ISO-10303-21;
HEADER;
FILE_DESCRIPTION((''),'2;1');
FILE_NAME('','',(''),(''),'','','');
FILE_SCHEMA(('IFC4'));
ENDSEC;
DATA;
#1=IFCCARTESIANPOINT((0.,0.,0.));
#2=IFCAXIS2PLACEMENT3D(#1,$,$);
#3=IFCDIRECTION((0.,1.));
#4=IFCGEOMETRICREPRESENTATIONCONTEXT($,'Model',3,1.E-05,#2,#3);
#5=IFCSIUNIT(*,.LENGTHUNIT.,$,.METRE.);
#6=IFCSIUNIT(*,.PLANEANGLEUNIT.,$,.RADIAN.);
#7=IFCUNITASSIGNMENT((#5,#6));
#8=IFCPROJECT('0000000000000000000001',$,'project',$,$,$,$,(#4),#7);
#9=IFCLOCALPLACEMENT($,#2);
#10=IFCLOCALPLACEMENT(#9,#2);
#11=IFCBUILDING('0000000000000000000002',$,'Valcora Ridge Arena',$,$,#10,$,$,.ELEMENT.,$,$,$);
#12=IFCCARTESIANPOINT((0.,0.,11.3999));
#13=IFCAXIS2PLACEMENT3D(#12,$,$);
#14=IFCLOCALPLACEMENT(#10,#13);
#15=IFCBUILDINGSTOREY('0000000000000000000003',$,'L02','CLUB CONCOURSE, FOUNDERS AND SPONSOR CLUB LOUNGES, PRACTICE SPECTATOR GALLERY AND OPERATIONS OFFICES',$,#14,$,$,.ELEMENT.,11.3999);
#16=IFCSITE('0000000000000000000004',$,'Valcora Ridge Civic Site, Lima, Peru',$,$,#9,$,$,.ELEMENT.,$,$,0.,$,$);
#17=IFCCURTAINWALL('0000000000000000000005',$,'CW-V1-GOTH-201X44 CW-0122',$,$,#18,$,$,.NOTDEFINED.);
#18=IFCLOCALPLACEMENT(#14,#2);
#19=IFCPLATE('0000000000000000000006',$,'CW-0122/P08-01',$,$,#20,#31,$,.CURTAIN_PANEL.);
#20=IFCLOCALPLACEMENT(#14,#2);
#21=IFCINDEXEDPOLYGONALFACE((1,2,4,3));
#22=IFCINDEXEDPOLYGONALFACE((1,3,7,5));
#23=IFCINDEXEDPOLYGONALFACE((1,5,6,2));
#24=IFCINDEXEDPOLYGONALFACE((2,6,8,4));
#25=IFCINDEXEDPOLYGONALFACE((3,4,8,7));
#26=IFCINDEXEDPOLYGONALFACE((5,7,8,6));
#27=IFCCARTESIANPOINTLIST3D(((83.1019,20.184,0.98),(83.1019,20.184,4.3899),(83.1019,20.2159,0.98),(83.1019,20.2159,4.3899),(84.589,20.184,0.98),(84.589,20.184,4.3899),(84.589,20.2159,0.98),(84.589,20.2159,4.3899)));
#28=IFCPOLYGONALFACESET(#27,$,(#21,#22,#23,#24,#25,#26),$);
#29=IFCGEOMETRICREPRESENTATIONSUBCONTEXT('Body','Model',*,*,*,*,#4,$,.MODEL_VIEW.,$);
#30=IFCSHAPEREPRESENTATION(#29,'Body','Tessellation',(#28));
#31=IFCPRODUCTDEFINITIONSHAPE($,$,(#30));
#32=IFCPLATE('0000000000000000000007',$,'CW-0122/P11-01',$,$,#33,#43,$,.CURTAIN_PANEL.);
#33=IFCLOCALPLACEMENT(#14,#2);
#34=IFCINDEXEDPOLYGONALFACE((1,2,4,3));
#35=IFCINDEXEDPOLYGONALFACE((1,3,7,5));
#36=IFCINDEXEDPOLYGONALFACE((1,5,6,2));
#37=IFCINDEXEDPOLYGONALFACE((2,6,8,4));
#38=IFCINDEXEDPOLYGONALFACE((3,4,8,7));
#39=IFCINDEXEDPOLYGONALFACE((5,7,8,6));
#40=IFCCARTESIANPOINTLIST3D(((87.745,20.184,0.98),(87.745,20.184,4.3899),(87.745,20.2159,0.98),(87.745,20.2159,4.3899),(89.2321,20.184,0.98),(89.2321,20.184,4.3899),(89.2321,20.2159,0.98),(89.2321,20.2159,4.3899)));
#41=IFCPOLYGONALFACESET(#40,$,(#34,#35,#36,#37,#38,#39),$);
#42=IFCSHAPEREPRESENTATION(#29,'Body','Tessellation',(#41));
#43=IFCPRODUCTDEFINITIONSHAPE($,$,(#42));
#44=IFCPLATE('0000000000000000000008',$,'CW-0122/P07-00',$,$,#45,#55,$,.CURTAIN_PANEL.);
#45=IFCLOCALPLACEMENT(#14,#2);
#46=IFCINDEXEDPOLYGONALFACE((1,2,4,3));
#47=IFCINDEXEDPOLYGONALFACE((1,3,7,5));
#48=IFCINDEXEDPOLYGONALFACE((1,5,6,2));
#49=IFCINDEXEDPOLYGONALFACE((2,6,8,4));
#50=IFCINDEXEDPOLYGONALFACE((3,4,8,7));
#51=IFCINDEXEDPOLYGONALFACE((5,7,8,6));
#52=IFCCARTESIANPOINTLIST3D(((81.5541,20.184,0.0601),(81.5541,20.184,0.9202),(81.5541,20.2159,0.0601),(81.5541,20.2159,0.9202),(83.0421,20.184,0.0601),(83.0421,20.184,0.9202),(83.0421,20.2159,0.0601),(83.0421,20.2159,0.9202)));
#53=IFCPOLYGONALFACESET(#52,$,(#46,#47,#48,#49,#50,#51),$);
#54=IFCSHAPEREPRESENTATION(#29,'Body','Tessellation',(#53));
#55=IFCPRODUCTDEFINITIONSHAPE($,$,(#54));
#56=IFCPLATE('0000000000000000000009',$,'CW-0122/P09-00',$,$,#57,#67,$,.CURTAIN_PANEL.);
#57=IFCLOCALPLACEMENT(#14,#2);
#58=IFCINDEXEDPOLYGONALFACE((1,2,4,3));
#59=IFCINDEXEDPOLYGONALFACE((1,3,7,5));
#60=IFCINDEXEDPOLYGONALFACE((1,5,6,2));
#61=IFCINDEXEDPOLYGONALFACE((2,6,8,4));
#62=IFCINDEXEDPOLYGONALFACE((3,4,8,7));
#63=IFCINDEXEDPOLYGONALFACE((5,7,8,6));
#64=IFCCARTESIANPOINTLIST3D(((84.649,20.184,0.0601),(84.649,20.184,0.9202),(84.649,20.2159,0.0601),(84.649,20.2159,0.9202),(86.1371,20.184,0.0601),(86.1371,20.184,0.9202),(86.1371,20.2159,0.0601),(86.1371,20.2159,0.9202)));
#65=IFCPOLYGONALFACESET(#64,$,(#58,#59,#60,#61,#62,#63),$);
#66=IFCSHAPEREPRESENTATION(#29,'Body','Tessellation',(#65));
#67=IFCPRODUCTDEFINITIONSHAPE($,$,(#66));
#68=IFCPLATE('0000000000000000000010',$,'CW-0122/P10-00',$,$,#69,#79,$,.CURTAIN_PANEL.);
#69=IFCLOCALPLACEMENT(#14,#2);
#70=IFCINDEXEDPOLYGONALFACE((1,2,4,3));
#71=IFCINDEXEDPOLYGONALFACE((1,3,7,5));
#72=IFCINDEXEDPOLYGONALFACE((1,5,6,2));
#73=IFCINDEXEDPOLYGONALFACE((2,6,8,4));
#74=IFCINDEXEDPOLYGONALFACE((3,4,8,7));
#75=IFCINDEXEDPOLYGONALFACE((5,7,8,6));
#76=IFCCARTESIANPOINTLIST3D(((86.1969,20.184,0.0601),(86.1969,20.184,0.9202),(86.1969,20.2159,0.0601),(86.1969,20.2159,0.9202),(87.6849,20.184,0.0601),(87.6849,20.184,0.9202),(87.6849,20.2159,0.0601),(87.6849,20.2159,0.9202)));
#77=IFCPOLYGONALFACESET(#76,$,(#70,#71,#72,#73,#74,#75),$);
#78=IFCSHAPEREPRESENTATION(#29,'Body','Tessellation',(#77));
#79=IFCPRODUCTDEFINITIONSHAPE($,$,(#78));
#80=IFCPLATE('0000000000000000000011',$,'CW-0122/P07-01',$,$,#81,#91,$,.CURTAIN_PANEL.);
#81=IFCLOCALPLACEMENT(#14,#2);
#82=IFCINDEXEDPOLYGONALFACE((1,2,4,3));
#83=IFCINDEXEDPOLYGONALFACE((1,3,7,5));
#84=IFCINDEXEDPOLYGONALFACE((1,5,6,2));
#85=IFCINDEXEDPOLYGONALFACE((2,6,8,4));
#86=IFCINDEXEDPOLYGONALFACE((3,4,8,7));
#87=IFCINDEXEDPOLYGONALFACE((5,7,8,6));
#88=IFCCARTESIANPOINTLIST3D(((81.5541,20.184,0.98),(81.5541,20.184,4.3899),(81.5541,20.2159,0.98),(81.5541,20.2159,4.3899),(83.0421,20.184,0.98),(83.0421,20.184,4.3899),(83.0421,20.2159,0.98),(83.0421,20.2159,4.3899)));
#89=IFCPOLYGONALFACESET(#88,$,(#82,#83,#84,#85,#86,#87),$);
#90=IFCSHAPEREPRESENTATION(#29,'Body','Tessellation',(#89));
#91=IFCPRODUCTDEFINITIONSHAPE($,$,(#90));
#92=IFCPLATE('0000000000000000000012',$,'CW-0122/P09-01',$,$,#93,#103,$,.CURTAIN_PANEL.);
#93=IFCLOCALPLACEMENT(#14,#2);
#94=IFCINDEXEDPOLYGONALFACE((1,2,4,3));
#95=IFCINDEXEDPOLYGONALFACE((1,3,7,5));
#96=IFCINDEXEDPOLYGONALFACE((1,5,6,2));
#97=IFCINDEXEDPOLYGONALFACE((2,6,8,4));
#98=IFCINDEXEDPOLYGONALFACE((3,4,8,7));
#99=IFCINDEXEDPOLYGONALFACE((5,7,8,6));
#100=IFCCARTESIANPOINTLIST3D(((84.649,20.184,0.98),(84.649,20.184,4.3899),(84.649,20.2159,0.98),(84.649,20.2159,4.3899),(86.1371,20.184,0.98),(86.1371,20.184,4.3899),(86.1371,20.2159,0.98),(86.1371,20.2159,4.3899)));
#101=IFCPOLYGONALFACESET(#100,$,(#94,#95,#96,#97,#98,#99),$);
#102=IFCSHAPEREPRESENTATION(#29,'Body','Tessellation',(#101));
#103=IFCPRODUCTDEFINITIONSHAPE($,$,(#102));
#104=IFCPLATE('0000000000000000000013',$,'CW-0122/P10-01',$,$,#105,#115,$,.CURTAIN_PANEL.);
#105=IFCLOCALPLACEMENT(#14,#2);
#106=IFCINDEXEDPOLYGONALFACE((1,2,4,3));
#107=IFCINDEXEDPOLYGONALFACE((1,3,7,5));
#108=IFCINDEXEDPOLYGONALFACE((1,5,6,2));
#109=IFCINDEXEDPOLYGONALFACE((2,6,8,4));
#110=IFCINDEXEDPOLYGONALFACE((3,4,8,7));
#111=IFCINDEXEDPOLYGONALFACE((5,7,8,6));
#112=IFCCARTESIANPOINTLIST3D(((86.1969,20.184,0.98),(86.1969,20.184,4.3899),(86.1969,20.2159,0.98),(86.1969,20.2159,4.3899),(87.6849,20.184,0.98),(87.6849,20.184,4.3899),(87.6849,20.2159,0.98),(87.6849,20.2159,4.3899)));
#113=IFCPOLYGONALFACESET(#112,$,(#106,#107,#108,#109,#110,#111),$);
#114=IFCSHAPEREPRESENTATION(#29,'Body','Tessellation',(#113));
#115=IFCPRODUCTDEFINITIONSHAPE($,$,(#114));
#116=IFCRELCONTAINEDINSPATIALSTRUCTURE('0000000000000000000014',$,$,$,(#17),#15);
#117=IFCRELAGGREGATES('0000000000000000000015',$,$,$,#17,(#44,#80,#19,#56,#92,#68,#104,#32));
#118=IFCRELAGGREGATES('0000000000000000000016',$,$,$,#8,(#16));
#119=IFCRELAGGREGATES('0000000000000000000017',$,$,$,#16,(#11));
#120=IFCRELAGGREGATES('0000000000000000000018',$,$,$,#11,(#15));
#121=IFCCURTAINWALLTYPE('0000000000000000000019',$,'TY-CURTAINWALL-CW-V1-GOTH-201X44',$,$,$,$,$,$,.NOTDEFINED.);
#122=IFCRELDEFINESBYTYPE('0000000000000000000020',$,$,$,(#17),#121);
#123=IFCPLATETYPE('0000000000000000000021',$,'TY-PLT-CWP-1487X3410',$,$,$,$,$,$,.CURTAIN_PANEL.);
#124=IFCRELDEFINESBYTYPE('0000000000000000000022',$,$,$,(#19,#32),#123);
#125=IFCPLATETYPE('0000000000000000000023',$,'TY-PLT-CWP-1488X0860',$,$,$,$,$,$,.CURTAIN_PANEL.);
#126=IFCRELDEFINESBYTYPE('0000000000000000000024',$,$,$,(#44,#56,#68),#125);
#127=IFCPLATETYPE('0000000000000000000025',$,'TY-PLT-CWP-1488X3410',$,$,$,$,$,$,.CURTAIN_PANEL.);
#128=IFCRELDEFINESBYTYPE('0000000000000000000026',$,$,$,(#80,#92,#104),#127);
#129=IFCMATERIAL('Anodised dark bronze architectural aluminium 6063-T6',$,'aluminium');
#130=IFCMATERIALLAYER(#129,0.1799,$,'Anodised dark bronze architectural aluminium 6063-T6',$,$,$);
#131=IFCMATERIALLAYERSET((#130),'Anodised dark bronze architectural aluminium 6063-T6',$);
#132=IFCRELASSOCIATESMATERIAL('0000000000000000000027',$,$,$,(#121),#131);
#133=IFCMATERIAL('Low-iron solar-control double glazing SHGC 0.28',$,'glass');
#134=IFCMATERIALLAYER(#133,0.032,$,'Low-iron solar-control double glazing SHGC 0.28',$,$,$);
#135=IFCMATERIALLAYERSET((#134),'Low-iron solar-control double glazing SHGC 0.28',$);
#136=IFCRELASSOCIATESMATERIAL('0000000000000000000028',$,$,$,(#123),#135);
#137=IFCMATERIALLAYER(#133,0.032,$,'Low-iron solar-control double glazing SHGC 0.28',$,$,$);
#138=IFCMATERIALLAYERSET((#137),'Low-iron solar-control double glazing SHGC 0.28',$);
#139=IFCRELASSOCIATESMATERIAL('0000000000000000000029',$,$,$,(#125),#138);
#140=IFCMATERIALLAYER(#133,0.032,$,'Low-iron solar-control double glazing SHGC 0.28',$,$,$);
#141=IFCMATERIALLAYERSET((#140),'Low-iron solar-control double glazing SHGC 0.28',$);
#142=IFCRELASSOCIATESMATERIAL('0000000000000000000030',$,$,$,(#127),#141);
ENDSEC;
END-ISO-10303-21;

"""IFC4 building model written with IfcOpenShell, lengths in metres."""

from ifc_helpers import new_model, si_unit, direction, frame, origin, origin_2d, place, context, subcontext, project, spatial, rectangle, extrude, material, layer, layer_set, type_object, element, aggregate, save


model = new_model("IFC4")

# Units and contexts
model_context = context("Model", 3, precision=1e-05, world=origin(), true_north=direction((0.0, 1.0)))
body_context = subcontext(model_context, "Body", "Model", "MODEL_VIEW")
ifc_project = project(units=[si_unit("LENGTHUNIT", "METRE"), si_unit("PLANEANGLEUNIT", "RADIAN")], contexts=[model_context])

# Site, building, storey
site_placement = place(None, origin())
site = spatial("IfcSite", under=ifc_project, at=site_placement, Name="Valcora Ridge Civic Site, Lima, Peru", CompositionType="ELEMENT", RefElevation=0.0)
building_placement = place(site_placement, origin())
building = spatial("IfcBuilding", under=site, at=building_placement, Name="Valcora Ridge Arena", CompositionType="ELEMENT")
storey_placement = place(building_placement, frame((0.0, 0.0, 11.3999)))
storey = spatial("IfcBuildingStorey", under=building, at=storey_placement, Name="L02", Description="CLUB CONCOURSE, FOUNDERS AND SPONSOR CLUB LOUNGES, PRACTICE SPECTATOR GALLERY AND OPERATIONS OFFICES", CompositionType="ELEMENT", Elevation=11.3999)

# Curtain wall
ifc_material_1 = material(Name="Anodised dark bronze architectural aluminium 6063-T6", Category="aluminium")
ifc_layer_1 = layer(ifc_material_1, 0.1799, Name="Anodised dark bronze architectural aluminium 6063-T6")
ifc_layer_set_1 = layer_set([ifc_layer_1], Name="Anodised dark bronze architectural aluminium 6063-T6")
curtain_wall_type_1 = type_object("IfcCurtainWallType", Name="TY-CURTAINWALL-CW-V1-GOTH-201X44", PredefinedType="NOTDEFINED", material=ifc_layer_set_1)
curtain_wall_1_placement = place(storey_placement, origin())
curtain_wall_1 = element("IfcCurtainWall", 1, at=curtain_wall_1_placement, inside=storey, type_object=curtain_wall_type_1, Name="CW-V1-GOTH-201X44 CW-0122", PredefinedType="NOTDEFINED")

# Plates
ifc_material_2 = material(Name="Low-iron solar-control double glazing SHGC 0.28", Category="glass")
ifc_layer_2 = layer(ifc_material_2, 0.032, Name="Low-iron solar-control double glazing SHGC 0.28")
ifc_layer_set_2 = layer_set([ifc_layer_2], Name="Low-iron solar-control double glazing SHGC 0.28")
plate_type_1 = type_object("IfcPlateType", Name="TY-PLT-CWP-1487X3410", PredefinedType="CURTAIN_PANEL", material=ifc_layer_set_2)
plate_1_placement = place(storey_placement, frame((83.8455, 20.2, 0.98), z_axis=(0.0, 0.0, 1.0), x_axis=(1.0, 0.0, 0.0)))
plate_1 = element("IfcPlate", 2, at=plate_1_placement, type_object=plate_type_1, Name="CW-0122/P08-01", PredefinedType="CURTAIN_PANEL", context=body_context, shape_type="SweptSolid", body=[
    extrude(rectangle(XDim=1.4871, YDim=0.032, at=origin_2d()), origin(), (0.0, 0.0, 1.0), 3.4099),
])
plate_2_placement = place(storey_placement, frame((88.4885, 20.2, 0.98), z_axis=(0.0, 0.0, 1.0), x_axis=(1.0, 0.0, 0.0)))
plate_2 = element("IfcPlate", 3, at=plate_2_placement, type_object=plate_type_1, Name="CW-0122/P11-01", PredefinedType="CURTAIN_PANEL", context=body_context, shape_type="SweptSolid", body=[
    extrude(rectangle(XDim=1.4871, YDim=0.032, at=origin_2d()), origin(), (0.0, 0.0, 1.0), 3.4099),
])
ifc_layer_3 = layer(ifc_material_2, 0.032, Name="Low-iron solar-control double glazing SHGC 0.28")
ifc_layer_set_3 = layer_set([ifc_layer_3], Name="Low-iron solar-control double glazing SHGC 0.28")
plate_type_2 = type_object("IfcPlateType", Name="TY-PLT-CWP-1488X0860", PredefinedType="CURTAIN_PANEL", material=ifc_layer_set_3)
plate_3_placement = place(storey_placement, frame((82.2981, 20.2, 0.0601), z_axis=(0.0, 0.0, 1.0), x_axis=(1.0, 0.0, 0.0)))
plate_3 = element("IfcPlate", 4, at=plate_3_placement, type_object=plate_type_2, Name="CW-0122/P07-00", PredefinedType="CURTAIN_PANEL", context=body_context, shape_type="SweptSolid", body=[
    extrude(rectangle(XDim=1.488, YDim=0.032, at=origin_2d()), origin(), (0.0, 0.0, 1.0), 0.8601),
])
plate_4_placement = place(storey_placement, frame((85.3931, 20.2, 0.0601), z_axis=(0.0, 0.0, 1.0), x_axis=(1.0, 0.0, 0.0)))
plate_4 = element("IfcPlate", 5, at=plate_4_placement, type_object=plate_type_2, Name="CW-0122/P09-00", PredefinedType="CURTAIN_PANEL", context=body_context, shape_type="SweptSolid", body=[
    extrude(rectangle(XDim=1.488, YDim=0.032, at=origin_2d()), origin(), (0.0, 0.0, 1.0), 0.8601),
])
plate_5_placement = place(storey_placement, frame((86.9409, 20.2, 0.0601), z_axis=(0.0, 0.0, 1.0), x_axis=(1.0, 0.0, 0.0)))
plate_5 = element("IfcPlate", 6, at=plate_5_placement, type_object=plate_type_2, Name="CW-0122/P10-00", PredefinedType="CURTAIN_PANEL", context=body_context, shape_type="SweptSolid", body=[
    extrude(rectangle(XDim=1.488, YDim=0.032, at=origin_2d()), origin(), (0.0, 0.0, 1.0), 0.8601),
])
ifc_layer_4 = layer(ifc_material_2, 0.032, Name="Low-iron solar-control double glazing SHGC 0.28")
ifc_layer_set_4 = layer_set([ifc_layer_4], Name="Low-iron solar-control double glazing SHGC 0.28")
plate_type_3 = type_object("IfcPlateType", Name="TY-PLT-CWP-1488X3410", PredefinedType="CURTAIN_PANEL", material=ifc_layer_set_4)
plate_6_placement = place(storey_placement, frame((82.2981, 20.2, 0.98), z_axis=(0.0, 0.0, 1.0), x_axis=(1.0, 0.0, 0.0)))
plate_6 = element("IfcPlate", 7, at=plate_6_placement, type_object=plate_type_3, Name="CW-0122/P07-01", PredefinedType="CURTAIN_PANEL", context=body_context, shape_type="SweptSolid", body=[
    extrude(rectangle(XDim=1.488, YDim=0.032, at=origin_2d()), origin(), (0.0, 0.0, 1.0), 3.4099),
])
plate_7_placement = place(storey_placement, frame((85.3931, 20.2, 0.98), z_axis=(0.0, 0.0, 1.0), x_axis=(1.0, 0.0, 0.0)))
plate_7 = element("IfcPlate", 8, at=plate_7_placement, type_object=plate_type_3, Name="CW-0122/P09-01", PredefinedType="CURTAIN_PANEL", context=body_context, shape_type="SweptSolid", body=[
    extrude(rectangle(XDim=1.488, YDim=0.032, at=origin_2d()), origin(), (0.0, 0.0, 1.0), 3.4099),
])
plate_8_placement = place(storey_placement, frame((86.9409, 20.2, 0.98), z_axis=(0.0, 0.0, 1.0), x_axis=(1.0, 0.0, 0.0)))
plate_8 = element("IfcPlate", 9, at=plate_8_placement, type_object=plate_type_3, Name="CW-0122/P10-01", PredefinedType="CURTAIN_PANEL", context=body_context, shape_type="SweptSolid", body=[
    extrude(rectangle(XDim=1.488, YDim=0.032, at=origin_2d()), origin(), (0.0, 0.0, 1.0), 3.4099),
])
aggregate(curtain_wall_1, [plate_3, plate_6, plate_1, plate_4, plate_7, plate_5, plate_8, plate_2])

save(model, "model.ifc")
